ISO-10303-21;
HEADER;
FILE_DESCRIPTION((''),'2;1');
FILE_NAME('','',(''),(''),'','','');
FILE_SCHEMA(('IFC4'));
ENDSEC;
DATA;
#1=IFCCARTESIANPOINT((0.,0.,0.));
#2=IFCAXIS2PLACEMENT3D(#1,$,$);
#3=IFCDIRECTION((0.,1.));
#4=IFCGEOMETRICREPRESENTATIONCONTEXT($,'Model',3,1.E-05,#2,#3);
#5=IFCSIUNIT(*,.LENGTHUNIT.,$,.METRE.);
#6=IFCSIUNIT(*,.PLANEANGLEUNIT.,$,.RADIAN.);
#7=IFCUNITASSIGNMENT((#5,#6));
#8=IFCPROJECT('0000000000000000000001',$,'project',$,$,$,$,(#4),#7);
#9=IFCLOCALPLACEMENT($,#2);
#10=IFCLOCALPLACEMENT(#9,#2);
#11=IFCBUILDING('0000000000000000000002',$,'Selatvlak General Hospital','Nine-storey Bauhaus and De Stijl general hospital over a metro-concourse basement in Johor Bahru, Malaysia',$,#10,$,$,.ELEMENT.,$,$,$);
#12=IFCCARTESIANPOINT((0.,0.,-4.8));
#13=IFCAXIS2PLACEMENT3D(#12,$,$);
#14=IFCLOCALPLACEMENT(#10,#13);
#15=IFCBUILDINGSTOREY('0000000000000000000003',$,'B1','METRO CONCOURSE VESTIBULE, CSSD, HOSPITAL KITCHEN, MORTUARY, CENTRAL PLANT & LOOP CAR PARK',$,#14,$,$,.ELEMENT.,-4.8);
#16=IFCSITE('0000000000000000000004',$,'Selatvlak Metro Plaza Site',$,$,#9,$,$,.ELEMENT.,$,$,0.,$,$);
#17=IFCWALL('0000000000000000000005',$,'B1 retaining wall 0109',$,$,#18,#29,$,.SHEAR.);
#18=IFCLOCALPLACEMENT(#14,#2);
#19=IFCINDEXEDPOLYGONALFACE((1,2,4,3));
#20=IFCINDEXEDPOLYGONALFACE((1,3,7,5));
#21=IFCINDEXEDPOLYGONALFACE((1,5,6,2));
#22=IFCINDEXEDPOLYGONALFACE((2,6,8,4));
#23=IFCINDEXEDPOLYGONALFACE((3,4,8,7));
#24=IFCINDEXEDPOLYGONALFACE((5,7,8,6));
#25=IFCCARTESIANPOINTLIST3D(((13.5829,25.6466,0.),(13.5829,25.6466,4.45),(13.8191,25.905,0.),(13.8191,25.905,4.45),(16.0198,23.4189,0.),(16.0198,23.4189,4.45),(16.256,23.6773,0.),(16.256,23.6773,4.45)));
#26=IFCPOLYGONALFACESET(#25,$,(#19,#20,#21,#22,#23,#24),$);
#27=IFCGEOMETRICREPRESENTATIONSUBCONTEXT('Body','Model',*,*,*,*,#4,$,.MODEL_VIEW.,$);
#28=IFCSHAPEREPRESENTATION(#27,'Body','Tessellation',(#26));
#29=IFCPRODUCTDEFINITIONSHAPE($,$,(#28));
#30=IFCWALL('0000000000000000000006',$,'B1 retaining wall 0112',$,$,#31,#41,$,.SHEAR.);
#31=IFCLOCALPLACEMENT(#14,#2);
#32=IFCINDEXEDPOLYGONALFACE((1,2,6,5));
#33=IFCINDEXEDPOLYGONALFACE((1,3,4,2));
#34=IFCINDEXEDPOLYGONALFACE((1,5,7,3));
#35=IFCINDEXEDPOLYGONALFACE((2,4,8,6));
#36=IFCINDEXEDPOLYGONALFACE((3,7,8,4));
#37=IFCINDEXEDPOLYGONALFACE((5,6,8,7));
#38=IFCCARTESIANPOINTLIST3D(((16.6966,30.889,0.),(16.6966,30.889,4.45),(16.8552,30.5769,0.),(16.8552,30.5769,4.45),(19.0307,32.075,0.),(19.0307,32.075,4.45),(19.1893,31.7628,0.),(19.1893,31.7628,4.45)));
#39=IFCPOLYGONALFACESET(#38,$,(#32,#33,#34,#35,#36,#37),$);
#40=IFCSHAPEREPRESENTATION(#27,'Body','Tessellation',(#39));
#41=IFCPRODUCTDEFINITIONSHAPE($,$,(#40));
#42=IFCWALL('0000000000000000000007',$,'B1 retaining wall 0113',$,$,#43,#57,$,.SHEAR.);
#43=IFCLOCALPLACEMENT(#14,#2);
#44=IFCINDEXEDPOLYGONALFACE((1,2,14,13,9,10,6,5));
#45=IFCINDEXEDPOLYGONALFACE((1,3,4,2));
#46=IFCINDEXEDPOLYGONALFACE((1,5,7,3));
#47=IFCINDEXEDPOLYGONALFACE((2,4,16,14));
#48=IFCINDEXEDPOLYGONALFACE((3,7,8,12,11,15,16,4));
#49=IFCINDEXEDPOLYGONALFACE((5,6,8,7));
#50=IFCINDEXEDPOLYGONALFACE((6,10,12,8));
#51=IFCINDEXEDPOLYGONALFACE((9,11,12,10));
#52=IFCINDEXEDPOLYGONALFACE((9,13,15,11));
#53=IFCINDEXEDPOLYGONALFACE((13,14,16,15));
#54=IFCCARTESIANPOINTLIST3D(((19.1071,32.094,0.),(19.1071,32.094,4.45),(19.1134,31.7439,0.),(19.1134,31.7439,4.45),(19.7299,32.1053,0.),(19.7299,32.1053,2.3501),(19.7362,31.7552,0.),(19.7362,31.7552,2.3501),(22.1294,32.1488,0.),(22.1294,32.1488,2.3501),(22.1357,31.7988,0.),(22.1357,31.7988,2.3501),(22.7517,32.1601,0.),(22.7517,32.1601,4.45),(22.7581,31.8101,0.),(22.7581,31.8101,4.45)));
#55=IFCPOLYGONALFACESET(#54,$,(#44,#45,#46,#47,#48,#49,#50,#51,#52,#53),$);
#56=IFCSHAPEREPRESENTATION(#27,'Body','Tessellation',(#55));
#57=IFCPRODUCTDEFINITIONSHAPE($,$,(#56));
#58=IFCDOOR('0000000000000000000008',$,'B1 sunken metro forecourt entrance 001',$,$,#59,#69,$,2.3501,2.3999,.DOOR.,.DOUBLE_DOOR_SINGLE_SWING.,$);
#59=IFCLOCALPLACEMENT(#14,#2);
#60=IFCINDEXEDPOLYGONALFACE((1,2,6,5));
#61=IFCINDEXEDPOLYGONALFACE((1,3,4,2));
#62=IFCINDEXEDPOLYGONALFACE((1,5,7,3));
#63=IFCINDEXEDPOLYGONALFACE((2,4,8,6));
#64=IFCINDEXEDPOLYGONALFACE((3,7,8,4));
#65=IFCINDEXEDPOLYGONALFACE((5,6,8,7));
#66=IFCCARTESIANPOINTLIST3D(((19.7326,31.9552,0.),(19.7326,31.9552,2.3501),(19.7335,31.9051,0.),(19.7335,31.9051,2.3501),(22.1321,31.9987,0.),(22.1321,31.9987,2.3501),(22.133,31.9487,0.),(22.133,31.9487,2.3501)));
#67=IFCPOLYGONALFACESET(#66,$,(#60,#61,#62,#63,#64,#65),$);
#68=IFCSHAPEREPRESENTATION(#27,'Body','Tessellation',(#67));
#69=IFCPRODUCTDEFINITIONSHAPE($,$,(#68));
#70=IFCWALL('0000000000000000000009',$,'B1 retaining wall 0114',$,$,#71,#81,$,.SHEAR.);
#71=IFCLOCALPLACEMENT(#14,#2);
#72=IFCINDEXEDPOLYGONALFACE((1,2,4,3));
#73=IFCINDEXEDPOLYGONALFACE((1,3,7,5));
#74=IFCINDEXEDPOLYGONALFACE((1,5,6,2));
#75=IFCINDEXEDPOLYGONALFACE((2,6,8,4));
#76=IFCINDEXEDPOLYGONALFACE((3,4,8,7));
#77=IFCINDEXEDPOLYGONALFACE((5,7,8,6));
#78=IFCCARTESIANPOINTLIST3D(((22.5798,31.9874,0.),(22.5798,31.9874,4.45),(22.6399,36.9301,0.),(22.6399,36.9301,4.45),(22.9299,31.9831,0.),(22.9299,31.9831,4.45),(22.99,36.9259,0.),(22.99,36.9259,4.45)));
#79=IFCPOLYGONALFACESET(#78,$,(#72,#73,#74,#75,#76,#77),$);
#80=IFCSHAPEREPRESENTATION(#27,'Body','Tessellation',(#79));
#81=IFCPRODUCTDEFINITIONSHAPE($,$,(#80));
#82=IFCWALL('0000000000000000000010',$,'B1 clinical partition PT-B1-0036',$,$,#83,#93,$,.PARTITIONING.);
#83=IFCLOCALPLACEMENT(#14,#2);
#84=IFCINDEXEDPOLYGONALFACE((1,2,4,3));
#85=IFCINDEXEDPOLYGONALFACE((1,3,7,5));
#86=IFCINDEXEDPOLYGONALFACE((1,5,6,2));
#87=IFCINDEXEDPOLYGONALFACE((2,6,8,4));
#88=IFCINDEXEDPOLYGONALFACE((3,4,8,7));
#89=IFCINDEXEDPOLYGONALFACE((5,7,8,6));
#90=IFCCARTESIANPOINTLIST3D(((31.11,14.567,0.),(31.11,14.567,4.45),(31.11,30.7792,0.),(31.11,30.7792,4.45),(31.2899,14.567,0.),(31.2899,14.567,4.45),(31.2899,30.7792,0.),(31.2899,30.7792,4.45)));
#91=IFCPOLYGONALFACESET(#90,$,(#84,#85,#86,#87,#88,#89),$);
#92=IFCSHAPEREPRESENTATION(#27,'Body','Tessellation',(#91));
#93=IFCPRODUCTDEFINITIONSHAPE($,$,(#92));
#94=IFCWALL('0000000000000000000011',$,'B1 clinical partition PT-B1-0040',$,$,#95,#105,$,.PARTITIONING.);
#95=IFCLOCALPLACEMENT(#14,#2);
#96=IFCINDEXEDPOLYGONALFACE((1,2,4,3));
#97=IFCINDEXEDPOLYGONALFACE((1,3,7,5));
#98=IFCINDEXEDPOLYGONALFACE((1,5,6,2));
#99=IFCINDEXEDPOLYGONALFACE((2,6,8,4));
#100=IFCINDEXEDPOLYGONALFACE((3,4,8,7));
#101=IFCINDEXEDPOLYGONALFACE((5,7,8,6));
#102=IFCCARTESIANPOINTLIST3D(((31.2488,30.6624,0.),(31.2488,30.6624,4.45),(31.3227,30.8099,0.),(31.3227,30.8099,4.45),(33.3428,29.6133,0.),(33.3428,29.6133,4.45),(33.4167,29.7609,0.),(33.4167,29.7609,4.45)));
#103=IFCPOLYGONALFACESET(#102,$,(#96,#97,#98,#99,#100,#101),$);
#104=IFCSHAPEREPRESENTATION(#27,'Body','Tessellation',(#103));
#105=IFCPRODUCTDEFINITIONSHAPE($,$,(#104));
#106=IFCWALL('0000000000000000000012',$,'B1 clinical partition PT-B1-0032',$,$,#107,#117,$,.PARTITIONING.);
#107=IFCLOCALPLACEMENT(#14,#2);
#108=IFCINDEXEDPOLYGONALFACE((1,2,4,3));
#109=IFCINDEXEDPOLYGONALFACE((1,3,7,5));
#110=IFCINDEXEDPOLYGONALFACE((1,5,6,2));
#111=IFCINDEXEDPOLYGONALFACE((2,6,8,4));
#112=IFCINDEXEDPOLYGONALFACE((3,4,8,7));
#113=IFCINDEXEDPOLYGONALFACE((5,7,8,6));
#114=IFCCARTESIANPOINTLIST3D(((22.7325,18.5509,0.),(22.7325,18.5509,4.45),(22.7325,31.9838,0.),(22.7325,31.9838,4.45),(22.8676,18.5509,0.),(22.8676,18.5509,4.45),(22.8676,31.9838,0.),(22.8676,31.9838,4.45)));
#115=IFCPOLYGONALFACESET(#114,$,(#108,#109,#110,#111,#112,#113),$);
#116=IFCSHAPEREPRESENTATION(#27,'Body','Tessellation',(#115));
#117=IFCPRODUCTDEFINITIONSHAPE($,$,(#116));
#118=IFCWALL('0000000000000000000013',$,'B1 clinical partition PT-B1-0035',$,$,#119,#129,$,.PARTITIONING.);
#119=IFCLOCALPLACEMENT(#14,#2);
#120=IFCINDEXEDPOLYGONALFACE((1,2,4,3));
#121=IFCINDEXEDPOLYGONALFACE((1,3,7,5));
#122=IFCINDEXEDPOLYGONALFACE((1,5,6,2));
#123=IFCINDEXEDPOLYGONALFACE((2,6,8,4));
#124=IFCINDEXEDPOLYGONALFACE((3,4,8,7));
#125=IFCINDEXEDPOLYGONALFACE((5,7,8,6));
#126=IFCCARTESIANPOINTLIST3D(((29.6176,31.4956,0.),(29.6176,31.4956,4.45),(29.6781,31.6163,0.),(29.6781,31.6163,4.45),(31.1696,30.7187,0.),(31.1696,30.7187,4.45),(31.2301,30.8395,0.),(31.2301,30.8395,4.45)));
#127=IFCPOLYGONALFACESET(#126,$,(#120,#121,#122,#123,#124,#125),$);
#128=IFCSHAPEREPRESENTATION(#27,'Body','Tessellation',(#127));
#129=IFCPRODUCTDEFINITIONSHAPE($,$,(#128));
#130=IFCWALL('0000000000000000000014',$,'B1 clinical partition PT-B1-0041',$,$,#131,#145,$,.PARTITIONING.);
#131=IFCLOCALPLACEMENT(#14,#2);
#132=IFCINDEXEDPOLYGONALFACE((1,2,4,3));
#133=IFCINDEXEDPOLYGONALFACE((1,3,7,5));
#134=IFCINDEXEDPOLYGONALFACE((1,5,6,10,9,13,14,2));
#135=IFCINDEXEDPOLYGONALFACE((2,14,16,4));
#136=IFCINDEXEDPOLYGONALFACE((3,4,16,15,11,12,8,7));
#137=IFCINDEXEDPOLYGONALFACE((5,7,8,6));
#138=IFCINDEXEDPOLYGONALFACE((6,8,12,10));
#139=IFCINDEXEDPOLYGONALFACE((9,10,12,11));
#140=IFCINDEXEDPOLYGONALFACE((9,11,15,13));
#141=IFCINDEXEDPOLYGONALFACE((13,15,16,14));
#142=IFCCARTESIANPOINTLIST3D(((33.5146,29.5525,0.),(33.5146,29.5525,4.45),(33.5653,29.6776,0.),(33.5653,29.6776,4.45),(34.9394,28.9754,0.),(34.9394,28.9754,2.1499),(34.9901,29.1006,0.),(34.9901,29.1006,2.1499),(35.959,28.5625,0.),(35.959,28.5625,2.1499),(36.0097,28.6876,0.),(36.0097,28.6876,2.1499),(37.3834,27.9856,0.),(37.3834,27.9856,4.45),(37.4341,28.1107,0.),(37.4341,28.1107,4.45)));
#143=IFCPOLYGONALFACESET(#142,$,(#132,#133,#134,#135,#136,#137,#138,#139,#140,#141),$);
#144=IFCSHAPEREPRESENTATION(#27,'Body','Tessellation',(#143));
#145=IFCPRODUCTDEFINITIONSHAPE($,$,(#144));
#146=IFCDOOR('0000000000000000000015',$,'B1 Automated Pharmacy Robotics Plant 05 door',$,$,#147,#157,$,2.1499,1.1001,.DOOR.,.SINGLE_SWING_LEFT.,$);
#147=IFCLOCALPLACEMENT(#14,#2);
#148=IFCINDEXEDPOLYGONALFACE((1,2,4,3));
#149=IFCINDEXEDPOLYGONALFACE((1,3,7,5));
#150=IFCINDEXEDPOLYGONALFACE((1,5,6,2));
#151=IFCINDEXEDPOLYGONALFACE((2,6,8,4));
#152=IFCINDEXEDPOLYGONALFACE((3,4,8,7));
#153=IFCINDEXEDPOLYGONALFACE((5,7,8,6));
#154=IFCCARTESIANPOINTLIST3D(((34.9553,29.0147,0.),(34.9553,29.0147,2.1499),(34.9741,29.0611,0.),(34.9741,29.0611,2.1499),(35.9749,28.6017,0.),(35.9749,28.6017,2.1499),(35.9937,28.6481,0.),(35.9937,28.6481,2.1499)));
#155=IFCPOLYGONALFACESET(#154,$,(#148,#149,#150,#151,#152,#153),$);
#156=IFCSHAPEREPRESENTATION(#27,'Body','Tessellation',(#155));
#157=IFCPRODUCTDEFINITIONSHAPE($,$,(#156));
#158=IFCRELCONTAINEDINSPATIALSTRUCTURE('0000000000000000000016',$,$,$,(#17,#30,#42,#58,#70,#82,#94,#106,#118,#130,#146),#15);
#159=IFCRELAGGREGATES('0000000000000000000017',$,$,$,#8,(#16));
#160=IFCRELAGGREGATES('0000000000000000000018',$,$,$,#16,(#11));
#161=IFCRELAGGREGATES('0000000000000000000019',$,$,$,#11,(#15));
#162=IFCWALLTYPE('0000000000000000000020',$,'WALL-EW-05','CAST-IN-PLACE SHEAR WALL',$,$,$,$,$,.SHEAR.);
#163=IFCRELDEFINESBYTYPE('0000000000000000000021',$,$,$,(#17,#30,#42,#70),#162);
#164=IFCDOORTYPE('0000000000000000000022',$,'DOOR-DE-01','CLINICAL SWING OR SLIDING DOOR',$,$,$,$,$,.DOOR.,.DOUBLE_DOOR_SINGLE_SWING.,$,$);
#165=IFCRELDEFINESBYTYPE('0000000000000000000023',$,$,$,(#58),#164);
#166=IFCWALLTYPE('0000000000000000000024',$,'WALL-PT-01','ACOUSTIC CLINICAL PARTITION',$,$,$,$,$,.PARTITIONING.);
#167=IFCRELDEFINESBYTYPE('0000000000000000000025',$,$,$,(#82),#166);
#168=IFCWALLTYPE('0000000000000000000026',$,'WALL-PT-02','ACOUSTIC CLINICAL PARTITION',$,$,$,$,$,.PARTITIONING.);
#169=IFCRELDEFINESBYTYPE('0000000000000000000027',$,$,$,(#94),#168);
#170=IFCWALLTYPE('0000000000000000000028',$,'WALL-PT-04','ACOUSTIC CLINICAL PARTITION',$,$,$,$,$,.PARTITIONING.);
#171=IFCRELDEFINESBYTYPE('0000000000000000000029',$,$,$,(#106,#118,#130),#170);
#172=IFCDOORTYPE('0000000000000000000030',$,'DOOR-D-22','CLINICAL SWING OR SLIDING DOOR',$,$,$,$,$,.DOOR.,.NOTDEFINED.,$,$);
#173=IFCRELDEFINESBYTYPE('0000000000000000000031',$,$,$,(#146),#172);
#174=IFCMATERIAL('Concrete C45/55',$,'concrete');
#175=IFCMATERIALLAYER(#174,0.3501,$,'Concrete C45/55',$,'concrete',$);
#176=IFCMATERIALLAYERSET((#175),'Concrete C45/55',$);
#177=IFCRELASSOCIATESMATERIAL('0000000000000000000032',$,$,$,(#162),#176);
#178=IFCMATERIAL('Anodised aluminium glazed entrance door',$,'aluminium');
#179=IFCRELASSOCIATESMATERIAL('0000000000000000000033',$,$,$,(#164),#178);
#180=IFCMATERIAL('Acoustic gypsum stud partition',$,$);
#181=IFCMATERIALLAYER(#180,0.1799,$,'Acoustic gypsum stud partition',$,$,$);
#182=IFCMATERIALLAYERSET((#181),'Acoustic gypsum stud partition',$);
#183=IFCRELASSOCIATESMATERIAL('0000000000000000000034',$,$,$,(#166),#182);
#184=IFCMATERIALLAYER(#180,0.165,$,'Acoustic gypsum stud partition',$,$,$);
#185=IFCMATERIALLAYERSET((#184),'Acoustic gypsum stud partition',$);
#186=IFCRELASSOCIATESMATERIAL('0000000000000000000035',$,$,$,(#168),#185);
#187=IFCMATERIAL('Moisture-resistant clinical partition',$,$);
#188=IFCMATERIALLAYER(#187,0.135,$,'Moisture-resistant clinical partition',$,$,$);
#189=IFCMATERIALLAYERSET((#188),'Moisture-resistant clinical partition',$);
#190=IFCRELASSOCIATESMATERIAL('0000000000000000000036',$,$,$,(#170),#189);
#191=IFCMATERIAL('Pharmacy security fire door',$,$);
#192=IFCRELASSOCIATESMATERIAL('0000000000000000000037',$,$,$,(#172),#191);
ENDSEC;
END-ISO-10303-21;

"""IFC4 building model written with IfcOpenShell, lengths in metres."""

from ifc_helpers import new_model, si_unit, direction, frame, frame_2d, origin, place, context, subcontext, project, spatial, rectangle, extrude, material, layer, layer_set, type_object, element, fill, save


model = new_model("IFC4")

# Units and contexts
model_context = context("Model", 3, precision=1e-05, world=origin(), true_north=direction((0.0, 1.0)))
body_context = subcontext(model_context, "Body", "Model", "MODEL_VIEW")
ifc_project = project(units=[si_unit("LENGTHUNIT", "METRE"), si_unit("PLANEANGLEUNIT", "RADIAN")], contexts=[model_context])

# Site, building, storey
site_placement = place(None, origin())
site = spatial("IfcSite", under=ifc_project, at=site_placement, Name="Selatvlak Metro Plaza Site", CompositionType="ELEMENT", RefElevation=0.0)
building_placement = place(site_placement, origin())
building = spatial("IfcBuilding", under=site, at=building_placement, Name="Selatvlak General Hospital", Description="Nine-storey Bauhaus and De Stijl general hospital over a metro-concourse basement in Johor Bahru, Malaysia", CompositionType="ELEMENT")
storey_placement = place(building_placement, frame((0.0, 0.0, -4.8)))
storey = spatial("IfcBuildingStorey", under=building, at=storey_placement, Name="B1", Description="METRO CONCOURSE VESTIBULE, CSSD, HOSPITAL KITCHEN, MORTUARY, CENTRAL PLANT & LOOP CAR PARK", CompositionType="ELEMENT", Elevation=-4.8)

# Walls
ifc_material_1 = material(Name="Concrete C45/55", Category="concrete")
ifc_layer_1 = layer(ifc_material_1, 0.3501, Name="Concrete C45/55", Category="concrete")
ifc_layer_set_1 = layer_set([ifc_layer_1], Name="Concrete C45/55")
wall_type_1 = type_object("IfcWallType", Name="WALL-EW-05", Description="CAST-IN-PLACE SHEAR WALL", PredefinedType="SHEAR", material=ifc_layer_set_1)
wall_1_placement = place(storey_placement, frame((16.1379, 23.5481, 0.0), z_axis=(0.0, 0.0, 1.0), x_axis=(-0.73808, 0.674713, 0.0)))
element("IfcWall", 1, at=wall_1_placement, inside=storey, type_object=wall_type_1, Name="B1 retaining wall 0109", PredefinedType="SHEAR", context=body_context, shape_type="SweptSolid", body=[
    extrude(rectangle(XDim=3.3018, YDim=0.3501, at=frame_2d((1.6509, 0.0))), origin(), (0.0, 0.0, 1.0), 4.45),
])
wall_2_placement = place(storey_placement, frame((16.7759, 30.7329, 0.0), z_axis=(0.0, 0.0, 1.0), x_axis=(0.891518, 0.452985, 0.0)))
element("IfcWall", 2, at=wall_2_placement, inside=storey, type_object=wall_type_1, Name="B1 retaining wall 0112", PredefinedType="SHEAR", context=body_context, shape_type="SweptSolid", body=[
    extrude(rectangle(XDim=2.6182, YDim=0.3501, at=frame_2d((1.3091, 0.0))), origin(), (0.0, 0.0, 1.0), 4.45),
])

# Wall, opening, door
wall_3_placement = place(storey_placement, frame((19.1101, 31.9189, 0.0), z_axis=(0.0, 0.0, 1.0), x_axis=(0.999835, 0.01815, 0.0)))
wall_3 = element("IfcWall", 3, at=wall_3_placement, inside=storey, type_object=wall_type_1, Name="B1 retaining wall 0113", PredefinedType="SHEAR", context=body_context, shape_type="SweptSolid", body=[
    extrude(rectangle(XDim=3.6453, YDim=0.3501, at=frame_2d((1.8228, 0.0))), origin(), (0.0, 0.0, 1.0), 4.45),
])
opening_1_placement = place(wall_3_placement, frame((0.623, 0.0, 0.0)))
opening_1 = element("IfcOpeningElement", 4, at=opening_1_placement, cuts=wall_3, PredefinedType="OPENING", context=body_context, shape_type="SweptSolid", body=[
    extrude(rectangle(XDim=2.3999, YDim=2.3501, at=frame_2d((1.2, 1.175))), frame((0.0, 0.1851, 0.0), z_axis=(0.0, -1.0, 0.0), x_axis=(1.0, 0.0, 0.0)), (0.0, 0.0, 1.0), 0.3701),
])
ifc_material_2 = material(Name="Anodised aluminium glazed entrance door", Category="aluminium")
door_type_1 = type_object("IfcDoorType", Name="DOOR-DE-01", Description="CLINICAL SWING OR SLIDING DOOR", OperationType="DOUBLE_DOOR_SINGLE_SWING", PredefinedType="DOOR", material=ifc_material_2)
door_1_placement = place(opening_1_placement, origin())
door_1 = element("IfcDoor", 5, at=door_1_placement, inside=storey, type_object=door_type_1, Name="B1 sunken metro forecourt entrance 001", OperationType="DOUBLE_DOOR_SINGLE_SWING", OverallHeight=2.3501, OverallWidth=2.3999, PredefinedType="DOOR", context=body_context, shape_type="SweptSolid", body=[
    extrude(rectangle(XDim=2.3999, YDim=2.3501, at=frame_2d((1.2, 1.175))), frame((0.0, 0.0249, 0.0), z_axis=(0.0, -1.0, 0.0), x_axis=(1.0, 0.0, 0.0)), (0.0, 0.0, 1.0), 0.05),
])
fill(opening_1, door_1)

# Walls
wall_4_placement = place(storey_placement, frame((22.7549, 31.9851, 0.0), z_axis=(0.0, 0.0, 1.0), x_axis=(0.01215, 0.999926, 0.0)))
element("IfcWall", 6, at=wall_4_placement, inside=storey, type_object=wall_type_1, Name="B1 retaining wall 0114", PredefinedType="SHEAR", context=body_context, shape_type="SweptSolid", body=[
    extrude(rectangle(XDim=4.9431, YDim=0.3501, at=frame_2d((2.4717, 0.0))), origin(), (0.0, 0.0, 1.0), 4.45),
])
ifc_material_3 = material(Name="Acoustic gypsum stud partition")
ifc_layer_2 = layer(ifc_material_3, 0.1799, Name="Acoustic gypsum stud partition")
ifc_layer_set_2 = layer_set([ifc_layer_2], Name="Acoustic gypsum stud partition")
wall_type_2 = type_object("IfcWallType", Name="WALL-PT-01", Description="ACOUSTIC CLINICAL PARTITION", PredefinedType="PARTITIONING", material=ifc_layer_set_2)
wall_5_placement = place(storey_placement, frame((31.2, 30.7791, 0.0), z_axis=(0.0, 0.0, 1.0), x_axis=(0.0, -1.0, 0.0)))
element("IfcWall", 7, at=wall_5_placement, inside=storey, type_object=wall_type_2, Name="B1 clinical partition PT-B1-0036", PredefinedType="PARTITIONING", context=body_context, shape_type="SweptSolid", body=[
    extrude(rectangle(XDim=16.2122, YDim=0.1799, at=frame_2d((8.106, 0.0))), origin(), (0.0, 0.0, 1.0), 4.45),
])
ifc_layer_3 = layer(ifc_material_3, 0.165, Name="Acoustic gypsum stud partition")
ifc_layer_set_3 = layer_set([ifc_layer_3], Name="Acoustic gypsum stud partition")
wall_type_3 = type_object("IfcWallType", Name="WALL-PT-02", Description="ACOUSTIC CLINICAL PARTITION", PredefinedType="PARTITIONING", material=ifc_layer_set_3)
wall_6_placement = place(storey_placement, frame((31.2859, 30.7361, 0.0), z_axis=(0.0, 0.0, 1.0), x_axis=(0.894072, -0.447922, 0.0)))
element("IfcWall", 8, at=wall_6_placement, inside=storey, type_object=wall_type_3, Name="B1 clinical partition PT-B1-0040", PredefinedType="PARTITIONING", context=body_context, shape_type="SweptSolid", body=[
    extrude(rectangle(XDim=2.342, YDim=0.165, at=frame_2d((1.1709, 0.0))), origin(), (0.0, 0.0, 1.0), 4.45),
])
ifc_material_4 = material(Name="Moisture-resistant clinical partition")
ifc_layer_4 = layer(ifc_material_4, 0.135, Name="Moisture-resistant clinical partition")
ifc_layer_set_4 = layer_set([ifc_layer_4], Name="Moisture-resistant clinical partition")
wall_type_4 = type_object("IfcWallType", Name="WALL-PT-04", Description="ACOUSTIC CLINICAL PARTITION", PredefinedType="PARTITIONING", material=ifc_layer_set_4)
wall_7_placement = place(storey_placement, frame((22.8, 18.551, 0.0), z_axis=(0.0, 0.0, 1.0), x_axis=(0.0, 1.0, 0.0)))
element("IfcWall", 9, at=wall_7_placement, inside=storey, type_object=wall_type_4, Name="B1 clinical partition PT-B1-0032", PredefinedType="PARTITIONING", context=body_context, shape_type="SweptSolid", body=[
    extrude(rectangle(XDim=13.4329, YDim=0.135, at=frame_2d((6.7163, 0.0))), origin(), (0.0, 0.0, 1.0), 4.45),
])
wall_8_placement = place(storey_placement, frame((29.6479, 31.5559, 0.0), z_axis=(0.0, 0.0, 1.0), x_axis=(0.89423, -0.447607, 0.0)))
element("IfcWall", 10, at=wall_8_placement, inside=storey, type_object=wall_type_4, Name="B1 clinical partition PT-B1-0035", PredefinedType="PARTITIONING", context=body_context, shape_type="SweptSolid", body=[
    extrude(rectangle(XDim=1.7356, YDim=0.135, at=frame_2d((0.8677, 0.0))), origin(), (0.0, 0.0, 1.0), 4.45),
])

# Wall, opening, door
wall_9_placement = place(storey_placement, frame((33.54, 29.615, 0.0), z_axis=(0.0, 0.0, 1.0), x_axis=(0.926871, -0.375381, 0.0)))
wall_9 = element("IfcWall", 11, at=wall_9_placement, inside=storey, type_object=wall_type_4, Name="B1 clinical partition PT-B1-0041", PredefinedType="PARTITIONING", context=body_context, shape_type="SweptSolid", body=[
    extrude(rectangle(XDim=4.1741, YDim=0.135, at=frame_2d((2.0869, 0.0))), origin(), (0.0, 0.0, 1.0), 4.45),
])
opening_2_placement = place(wall_9_placement, frame((1.5371, 0.0, 0.0)))
opening_2 = element("IfcOpeningElement", 12, at=opening_2_placement, cuts=wall_9, PredefinedType="OPENING", context=body_context, shape_type="SweptSolid", body=[
    extrude(rectangle(XDim=1.1001, YDim=2.1499, at=frame_2d((0.55, 1.075))), frame((0.0, 0.0774, 0.0), z_axis=(0.0, -1.0, 0.0), x_axis=(1.0, 0.0, 0.0)), (0.0, 0.0, 1.0), 0.155),
])
ifc_material_5 = material(Name="Pharmacy security fire door")
door_type_2 = type_object("IfcDoorType", Name="DOOR-D-22", Description="CLINICAL SWING OR SLIDING DOOR", OperationType="NOTDEFINED", PredefinedType="DOOR", material=ifc_material_5)
door_2_placement = place(opening_2_placement, origin())
door_2 = element("IfcDoor", 13, at=door_2_placement, inside=storey, type_object=door_type_2, Name="B1 Automated Pharmacy Robotics Plant 05 door", OperationType="SINGLE_SWING_LEFT", OverallHeight=2.1499, OverallWidth=1.1001, PredefinedType="DOOR", context=body_context, shape_type="SweptSolid", body=[
    extrude(rectangle(XDim=1.1001, YDim=2.1499, at=frame_2d((0.55, 1.075))), frame((0.0, 0.0249, 0.0), z_axis=(0.0, -1.0, 0.0), x_axis=(1.0, 0.0, 0.0)), (0.0, 0.0, 1.0), 0.05),
])
fill(opening_2, door_2)

save(model, "model.ifc")
